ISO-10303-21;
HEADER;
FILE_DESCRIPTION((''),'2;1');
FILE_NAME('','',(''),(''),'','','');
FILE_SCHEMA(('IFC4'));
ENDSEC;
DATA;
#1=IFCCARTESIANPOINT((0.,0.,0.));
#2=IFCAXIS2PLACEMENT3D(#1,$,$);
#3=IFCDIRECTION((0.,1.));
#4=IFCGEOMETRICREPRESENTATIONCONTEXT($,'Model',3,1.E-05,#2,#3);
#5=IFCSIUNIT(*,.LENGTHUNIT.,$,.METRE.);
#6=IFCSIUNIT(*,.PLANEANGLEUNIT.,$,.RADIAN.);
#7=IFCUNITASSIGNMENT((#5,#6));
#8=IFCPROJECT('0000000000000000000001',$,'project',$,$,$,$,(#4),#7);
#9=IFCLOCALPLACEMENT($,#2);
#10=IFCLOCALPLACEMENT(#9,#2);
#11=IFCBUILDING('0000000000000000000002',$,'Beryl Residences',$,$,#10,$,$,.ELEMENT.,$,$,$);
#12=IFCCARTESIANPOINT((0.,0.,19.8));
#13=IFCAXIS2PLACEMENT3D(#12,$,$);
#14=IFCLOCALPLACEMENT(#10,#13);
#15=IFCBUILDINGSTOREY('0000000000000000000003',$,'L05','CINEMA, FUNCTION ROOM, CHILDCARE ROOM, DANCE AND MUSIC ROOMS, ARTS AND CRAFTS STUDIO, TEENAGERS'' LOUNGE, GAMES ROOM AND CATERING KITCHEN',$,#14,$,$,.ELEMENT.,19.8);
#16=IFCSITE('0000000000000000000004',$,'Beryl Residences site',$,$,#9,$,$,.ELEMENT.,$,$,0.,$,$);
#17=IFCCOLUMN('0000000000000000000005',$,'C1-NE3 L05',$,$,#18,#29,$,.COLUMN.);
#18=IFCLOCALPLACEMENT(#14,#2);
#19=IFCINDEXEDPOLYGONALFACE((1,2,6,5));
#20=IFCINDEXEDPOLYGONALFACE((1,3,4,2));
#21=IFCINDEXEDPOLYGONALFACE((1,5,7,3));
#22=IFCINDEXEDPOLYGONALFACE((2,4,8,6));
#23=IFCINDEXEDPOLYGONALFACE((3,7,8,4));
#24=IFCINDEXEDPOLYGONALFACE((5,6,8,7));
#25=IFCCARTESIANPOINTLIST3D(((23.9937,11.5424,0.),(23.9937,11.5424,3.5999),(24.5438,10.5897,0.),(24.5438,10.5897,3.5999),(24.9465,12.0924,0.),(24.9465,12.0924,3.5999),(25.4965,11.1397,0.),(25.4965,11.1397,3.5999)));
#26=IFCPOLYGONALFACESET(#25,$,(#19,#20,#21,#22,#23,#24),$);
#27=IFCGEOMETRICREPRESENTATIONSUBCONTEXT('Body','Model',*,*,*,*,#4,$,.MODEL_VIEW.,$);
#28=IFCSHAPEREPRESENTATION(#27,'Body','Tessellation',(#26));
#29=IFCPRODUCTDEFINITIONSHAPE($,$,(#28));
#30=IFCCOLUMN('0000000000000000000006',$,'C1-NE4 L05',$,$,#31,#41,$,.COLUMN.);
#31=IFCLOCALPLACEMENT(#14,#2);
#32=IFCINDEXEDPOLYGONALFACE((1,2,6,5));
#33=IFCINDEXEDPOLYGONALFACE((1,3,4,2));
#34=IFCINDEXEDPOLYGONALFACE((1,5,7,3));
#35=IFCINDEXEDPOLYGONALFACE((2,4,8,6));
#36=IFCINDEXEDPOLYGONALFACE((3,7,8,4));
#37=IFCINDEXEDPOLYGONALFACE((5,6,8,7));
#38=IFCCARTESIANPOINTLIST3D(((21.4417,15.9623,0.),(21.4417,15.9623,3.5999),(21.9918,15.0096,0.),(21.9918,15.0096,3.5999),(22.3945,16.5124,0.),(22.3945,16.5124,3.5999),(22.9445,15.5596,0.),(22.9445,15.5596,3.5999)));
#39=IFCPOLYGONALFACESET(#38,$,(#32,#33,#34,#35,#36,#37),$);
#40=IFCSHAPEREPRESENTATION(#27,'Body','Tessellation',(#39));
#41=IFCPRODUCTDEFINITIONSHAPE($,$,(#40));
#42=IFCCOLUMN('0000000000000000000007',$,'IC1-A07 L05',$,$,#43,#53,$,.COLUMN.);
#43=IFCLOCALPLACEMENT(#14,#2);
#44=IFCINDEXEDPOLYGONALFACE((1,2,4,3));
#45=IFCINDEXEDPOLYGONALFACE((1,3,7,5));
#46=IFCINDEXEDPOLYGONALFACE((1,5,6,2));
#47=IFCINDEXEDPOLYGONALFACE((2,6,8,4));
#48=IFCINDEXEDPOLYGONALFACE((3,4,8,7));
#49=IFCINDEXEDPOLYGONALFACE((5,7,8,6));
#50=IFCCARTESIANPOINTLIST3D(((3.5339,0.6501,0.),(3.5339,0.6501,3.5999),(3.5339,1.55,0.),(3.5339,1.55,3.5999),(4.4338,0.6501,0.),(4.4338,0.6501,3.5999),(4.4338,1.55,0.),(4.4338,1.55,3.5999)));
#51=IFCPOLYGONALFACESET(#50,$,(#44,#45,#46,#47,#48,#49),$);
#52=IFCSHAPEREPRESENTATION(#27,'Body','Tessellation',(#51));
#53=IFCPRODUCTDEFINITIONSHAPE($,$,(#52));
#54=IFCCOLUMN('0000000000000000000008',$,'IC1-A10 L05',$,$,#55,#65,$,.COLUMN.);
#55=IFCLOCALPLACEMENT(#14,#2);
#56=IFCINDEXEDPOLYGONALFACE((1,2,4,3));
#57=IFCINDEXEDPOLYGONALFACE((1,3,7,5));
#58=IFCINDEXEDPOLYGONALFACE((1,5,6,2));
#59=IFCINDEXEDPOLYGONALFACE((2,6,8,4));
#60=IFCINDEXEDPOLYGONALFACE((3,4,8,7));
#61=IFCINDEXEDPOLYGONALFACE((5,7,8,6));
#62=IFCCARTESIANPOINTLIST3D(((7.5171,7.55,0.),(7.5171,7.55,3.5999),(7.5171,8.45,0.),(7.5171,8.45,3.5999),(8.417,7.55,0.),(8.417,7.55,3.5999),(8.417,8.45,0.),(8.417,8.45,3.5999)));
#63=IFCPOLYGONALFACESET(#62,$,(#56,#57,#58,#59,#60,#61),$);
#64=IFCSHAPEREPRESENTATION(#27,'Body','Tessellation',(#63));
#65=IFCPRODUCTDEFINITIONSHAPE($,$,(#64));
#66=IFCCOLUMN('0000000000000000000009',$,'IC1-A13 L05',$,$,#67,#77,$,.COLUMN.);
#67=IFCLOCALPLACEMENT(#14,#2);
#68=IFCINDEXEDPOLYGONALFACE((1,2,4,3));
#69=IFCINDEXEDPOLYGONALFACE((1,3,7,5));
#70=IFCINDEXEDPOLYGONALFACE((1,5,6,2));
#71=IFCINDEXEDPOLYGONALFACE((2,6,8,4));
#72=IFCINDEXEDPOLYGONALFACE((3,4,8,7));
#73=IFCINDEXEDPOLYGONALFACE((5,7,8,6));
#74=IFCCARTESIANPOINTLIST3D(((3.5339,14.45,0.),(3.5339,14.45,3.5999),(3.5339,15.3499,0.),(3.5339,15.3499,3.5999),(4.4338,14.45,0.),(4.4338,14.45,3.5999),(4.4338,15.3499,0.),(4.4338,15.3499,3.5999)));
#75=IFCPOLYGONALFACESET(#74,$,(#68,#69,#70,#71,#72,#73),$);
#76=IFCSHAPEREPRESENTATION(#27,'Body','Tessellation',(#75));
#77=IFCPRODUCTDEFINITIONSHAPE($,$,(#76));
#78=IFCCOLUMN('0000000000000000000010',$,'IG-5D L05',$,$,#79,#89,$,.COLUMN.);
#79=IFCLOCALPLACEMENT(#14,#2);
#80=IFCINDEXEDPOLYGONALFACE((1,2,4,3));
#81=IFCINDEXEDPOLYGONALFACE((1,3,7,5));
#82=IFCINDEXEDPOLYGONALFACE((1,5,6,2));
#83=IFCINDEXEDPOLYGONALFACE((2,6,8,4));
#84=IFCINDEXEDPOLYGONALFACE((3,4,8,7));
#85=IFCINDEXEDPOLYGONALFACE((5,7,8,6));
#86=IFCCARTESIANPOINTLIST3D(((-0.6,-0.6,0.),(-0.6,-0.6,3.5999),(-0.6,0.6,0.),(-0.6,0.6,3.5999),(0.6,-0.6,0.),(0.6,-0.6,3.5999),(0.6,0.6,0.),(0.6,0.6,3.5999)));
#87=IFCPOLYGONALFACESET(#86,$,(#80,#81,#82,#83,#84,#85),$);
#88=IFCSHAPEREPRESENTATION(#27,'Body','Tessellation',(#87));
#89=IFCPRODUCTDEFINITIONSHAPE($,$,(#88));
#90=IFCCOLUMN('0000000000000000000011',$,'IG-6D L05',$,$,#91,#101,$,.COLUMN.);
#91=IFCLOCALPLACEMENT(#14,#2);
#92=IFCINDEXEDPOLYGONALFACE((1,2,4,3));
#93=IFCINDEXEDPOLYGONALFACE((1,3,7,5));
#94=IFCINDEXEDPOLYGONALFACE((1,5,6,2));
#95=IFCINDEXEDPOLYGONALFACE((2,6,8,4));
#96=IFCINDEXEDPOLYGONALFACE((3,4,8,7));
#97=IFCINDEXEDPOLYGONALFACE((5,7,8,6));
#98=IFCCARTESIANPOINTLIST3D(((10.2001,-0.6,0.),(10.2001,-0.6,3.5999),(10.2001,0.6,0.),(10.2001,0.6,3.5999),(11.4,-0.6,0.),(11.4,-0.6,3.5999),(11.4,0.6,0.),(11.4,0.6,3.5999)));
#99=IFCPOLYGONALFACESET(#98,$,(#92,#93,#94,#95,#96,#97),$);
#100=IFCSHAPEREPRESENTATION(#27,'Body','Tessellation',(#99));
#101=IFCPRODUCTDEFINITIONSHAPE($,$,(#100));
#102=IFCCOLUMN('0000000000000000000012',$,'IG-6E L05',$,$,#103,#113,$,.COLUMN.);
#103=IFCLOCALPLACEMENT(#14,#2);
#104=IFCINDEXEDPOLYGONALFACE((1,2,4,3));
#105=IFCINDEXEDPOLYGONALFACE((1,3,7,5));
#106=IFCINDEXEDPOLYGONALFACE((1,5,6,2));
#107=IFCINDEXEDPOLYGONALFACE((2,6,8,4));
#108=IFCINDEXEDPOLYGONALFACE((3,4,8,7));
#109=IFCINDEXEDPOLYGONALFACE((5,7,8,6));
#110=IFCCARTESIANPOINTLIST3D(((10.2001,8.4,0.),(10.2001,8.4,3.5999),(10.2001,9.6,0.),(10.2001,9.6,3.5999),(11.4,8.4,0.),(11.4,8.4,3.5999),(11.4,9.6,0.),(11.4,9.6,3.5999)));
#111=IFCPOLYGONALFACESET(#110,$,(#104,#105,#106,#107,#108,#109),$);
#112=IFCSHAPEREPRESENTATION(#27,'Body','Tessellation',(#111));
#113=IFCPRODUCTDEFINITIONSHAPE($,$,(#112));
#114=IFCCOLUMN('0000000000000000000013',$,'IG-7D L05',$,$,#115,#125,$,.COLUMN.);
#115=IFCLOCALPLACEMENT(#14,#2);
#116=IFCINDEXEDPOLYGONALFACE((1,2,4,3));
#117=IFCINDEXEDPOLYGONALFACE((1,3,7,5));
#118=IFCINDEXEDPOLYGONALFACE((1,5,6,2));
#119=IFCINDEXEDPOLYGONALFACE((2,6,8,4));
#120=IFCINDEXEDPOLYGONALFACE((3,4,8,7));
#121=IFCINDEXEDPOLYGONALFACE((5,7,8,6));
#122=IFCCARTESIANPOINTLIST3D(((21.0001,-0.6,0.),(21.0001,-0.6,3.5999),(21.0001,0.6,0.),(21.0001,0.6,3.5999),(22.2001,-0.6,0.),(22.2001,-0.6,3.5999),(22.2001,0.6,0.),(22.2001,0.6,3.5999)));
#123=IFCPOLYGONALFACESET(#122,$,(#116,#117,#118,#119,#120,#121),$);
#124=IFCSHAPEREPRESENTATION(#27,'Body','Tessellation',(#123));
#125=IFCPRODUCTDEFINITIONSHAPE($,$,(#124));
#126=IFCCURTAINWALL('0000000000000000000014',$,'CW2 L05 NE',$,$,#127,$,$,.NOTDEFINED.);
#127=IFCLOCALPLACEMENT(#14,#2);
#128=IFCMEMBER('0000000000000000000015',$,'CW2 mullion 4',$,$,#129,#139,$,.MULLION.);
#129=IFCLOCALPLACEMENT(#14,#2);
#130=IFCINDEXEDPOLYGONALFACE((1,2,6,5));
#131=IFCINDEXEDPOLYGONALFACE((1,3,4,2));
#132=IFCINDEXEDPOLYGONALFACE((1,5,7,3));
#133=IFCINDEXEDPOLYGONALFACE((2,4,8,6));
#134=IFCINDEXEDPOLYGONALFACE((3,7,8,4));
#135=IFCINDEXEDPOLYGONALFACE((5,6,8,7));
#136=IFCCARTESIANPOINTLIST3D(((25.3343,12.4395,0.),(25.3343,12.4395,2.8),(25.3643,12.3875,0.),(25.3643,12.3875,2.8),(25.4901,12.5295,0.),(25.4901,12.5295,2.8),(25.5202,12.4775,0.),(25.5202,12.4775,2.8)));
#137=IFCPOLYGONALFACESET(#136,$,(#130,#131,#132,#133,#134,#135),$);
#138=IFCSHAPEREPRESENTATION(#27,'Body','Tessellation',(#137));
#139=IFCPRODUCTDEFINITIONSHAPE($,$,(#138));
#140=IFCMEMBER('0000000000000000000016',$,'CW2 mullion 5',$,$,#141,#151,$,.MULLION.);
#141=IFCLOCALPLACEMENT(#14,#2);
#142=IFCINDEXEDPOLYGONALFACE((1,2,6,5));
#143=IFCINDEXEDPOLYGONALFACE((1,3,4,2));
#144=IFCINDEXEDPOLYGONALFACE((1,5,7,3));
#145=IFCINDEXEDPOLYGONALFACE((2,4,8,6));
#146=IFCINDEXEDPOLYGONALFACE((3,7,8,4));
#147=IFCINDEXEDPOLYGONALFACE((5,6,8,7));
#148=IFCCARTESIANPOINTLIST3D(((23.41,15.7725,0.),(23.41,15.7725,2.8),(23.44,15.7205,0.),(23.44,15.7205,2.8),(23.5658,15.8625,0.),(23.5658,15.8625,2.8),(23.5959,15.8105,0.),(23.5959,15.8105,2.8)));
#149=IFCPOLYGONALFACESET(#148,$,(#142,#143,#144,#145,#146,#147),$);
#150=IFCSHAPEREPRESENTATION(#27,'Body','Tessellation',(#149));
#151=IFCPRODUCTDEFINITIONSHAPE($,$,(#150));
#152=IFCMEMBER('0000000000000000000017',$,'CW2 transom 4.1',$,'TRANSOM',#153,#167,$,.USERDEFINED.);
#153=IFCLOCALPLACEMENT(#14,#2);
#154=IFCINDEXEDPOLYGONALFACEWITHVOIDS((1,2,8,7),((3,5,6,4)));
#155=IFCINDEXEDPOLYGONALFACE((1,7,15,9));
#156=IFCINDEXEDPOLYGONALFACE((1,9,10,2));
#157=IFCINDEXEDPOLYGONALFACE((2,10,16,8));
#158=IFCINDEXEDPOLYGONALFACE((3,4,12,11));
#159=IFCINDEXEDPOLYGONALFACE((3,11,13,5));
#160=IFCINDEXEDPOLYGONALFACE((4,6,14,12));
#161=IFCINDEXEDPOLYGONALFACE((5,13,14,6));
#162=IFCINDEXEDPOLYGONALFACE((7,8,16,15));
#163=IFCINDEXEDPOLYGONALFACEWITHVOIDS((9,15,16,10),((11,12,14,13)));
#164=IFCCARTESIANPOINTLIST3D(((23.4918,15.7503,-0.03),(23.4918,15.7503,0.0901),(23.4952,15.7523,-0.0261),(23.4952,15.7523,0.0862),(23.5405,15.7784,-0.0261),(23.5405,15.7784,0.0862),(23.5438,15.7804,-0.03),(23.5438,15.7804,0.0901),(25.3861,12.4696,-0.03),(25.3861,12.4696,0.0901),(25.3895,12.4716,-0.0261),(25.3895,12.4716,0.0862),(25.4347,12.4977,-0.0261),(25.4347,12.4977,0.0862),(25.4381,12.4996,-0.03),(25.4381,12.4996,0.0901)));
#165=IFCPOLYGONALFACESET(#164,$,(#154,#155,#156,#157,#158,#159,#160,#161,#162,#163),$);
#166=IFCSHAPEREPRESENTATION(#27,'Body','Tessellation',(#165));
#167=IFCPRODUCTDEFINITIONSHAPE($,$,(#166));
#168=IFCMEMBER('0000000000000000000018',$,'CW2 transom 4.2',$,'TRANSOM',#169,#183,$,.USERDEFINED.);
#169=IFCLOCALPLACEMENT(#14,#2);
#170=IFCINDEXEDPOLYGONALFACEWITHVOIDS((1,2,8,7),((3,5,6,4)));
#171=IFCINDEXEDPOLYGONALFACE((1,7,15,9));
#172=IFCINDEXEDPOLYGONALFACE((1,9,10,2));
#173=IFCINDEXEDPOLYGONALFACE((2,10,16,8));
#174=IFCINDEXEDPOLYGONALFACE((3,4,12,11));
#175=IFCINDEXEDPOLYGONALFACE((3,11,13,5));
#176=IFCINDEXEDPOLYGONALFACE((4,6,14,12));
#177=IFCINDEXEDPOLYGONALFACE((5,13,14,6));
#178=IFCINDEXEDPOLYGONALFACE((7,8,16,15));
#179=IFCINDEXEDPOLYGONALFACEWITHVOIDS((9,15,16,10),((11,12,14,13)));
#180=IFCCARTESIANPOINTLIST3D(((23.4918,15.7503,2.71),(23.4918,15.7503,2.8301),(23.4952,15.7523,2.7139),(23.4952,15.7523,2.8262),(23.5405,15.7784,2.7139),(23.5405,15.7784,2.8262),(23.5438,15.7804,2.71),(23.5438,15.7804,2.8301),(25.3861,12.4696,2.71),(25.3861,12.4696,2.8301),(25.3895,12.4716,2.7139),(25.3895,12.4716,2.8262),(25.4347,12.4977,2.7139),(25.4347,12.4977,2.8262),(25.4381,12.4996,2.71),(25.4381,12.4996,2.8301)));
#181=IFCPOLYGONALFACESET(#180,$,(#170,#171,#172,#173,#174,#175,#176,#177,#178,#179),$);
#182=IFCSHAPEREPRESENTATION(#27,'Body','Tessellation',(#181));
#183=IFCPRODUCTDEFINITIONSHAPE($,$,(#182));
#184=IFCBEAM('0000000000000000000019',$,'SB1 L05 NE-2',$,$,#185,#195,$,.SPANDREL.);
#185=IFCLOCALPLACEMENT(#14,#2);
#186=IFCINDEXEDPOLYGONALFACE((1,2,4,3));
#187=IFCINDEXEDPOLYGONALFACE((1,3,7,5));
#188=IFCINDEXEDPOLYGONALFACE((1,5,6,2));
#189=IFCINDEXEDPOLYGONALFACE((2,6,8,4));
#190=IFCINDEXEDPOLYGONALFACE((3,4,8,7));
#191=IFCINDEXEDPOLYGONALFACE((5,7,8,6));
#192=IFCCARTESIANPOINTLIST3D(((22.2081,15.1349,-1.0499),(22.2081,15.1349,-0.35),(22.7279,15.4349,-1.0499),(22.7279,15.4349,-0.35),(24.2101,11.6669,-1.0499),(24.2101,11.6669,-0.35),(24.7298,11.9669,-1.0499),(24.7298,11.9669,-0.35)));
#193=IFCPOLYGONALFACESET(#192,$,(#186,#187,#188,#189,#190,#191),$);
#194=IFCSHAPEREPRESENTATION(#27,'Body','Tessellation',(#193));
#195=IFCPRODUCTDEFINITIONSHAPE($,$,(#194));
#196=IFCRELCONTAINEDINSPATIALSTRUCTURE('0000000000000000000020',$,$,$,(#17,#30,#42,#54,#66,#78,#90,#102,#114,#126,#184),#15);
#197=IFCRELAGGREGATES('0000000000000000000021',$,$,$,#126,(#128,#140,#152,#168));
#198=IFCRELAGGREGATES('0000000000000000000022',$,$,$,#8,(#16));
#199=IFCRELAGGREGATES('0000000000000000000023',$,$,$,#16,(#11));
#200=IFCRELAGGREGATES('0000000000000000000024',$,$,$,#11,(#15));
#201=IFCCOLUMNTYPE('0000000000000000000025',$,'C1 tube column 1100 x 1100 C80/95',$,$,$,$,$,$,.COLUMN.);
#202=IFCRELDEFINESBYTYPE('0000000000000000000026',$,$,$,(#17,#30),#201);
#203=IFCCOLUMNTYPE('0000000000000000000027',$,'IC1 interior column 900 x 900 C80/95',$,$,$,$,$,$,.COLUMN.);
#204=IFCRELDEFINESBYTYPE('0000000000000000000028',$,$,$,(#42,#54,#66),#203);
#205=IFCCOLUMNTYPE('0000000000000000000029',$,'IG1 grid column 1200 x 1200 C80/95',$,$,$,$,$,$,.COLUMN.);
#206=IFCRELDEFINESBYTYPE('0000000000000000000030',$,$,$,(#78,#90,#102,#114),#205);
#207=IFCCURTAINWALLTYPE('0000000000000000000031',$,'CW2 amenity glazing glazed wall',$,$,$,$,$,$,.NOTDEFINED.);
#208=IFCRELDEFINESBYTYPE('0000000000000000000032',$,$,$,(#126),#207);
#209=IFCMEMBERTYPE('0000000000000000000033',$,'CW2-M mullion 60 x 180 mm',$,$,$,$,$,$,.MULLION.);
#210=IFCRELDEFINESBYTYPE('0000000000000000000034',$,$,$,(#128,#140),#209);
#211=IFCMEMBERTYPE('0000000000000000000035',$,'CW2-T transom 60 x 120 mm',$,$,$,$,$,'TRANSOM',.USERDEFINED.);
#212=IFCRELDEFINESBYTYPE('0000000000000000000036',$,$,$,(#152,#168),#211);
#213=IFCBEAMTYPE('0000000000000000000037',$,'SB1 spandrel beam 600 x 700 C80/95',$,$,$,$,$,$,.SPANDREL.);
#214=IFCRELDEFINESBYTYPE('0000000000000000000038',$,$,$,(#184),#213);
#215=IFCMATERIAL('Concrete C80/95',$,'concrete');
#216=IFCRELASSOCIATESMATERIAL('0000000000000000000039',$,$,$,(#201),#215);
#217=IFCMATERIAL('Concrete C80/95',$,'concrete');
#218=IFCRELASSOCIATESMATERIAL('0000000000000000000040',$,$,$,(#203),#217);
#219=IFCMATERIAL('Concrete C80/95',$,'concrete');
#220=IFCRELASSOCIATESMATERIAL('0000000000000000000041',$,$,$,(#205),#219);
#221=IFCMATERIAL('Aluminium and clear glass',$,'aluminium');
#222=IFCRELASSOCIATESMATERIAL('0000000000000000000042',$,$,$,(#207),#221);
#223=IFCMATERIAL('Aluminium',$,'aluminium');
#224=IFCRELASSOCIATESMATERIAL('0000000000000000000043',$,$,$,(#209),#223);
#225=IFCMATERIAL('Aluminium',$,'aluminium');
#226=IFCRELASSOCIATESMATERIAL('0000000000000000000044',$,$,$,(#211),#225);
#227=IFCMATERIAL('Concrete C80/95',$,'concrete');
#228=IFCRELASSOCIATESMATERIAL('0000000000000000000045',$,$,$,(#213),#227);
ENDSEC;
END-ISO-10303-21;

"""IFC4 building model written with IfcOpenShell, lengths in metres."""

from ifc_helpers import new_model, si_unit, direction, frame, origin, origin_2d, place, context, subcontext, project, spatial, rectangle, hollow_rectangle, extrude, material, material_profile, profile_set, type_object, element, aggregate, save


model = new_model("IFC4")

# Units and contexts
model_context = context("Model", 3, precision=1e-05, world=origin(), true_north=direction((0.0, 1.0)))
body_context = subcontext(model_context, "Body", "Model", "MODEL_VIEW")
ifc_project = project(units=[si_unit("LENGTHUNIT", "METRE"), si_unit("PLANEANGLEUNIT", "RADIAN")], contexts=[model_context])

# Site, building, storey
site_placement = place(None, origin())
site = spatial("IfcSite", under=ifc_project, at=site_placement, Name="Beryl Residences site", CompositionType="ELEMENT", RefElevation=0.0)
building_placement = place(site_placement, origin())
building = spatial("IfcBuilding", under=site, at=building_placement, Name="Beryl Residences", CompositionType="ELEMENT")
storey_placement = place(building_placement, frame((0.0, 0.0, 19.8)))
storey = spatial("IfcBuildingStorey", under=building, at=storey_placement, Name="L05", Description="CINEMA, FUNCTION ROOM, CHILDCARE ROOM, DANCE AND MUSIC ROOMS, ARTS AND CRAFTS STUDIO, TEENAGERS' LOUNGE, GAMES ROOM AND CATERING KITCHEN", CompositionType="ELEMENT", Elevation=19.8)

# Columns
ifc_material_1 = material(Name="Concrete C80/95", Category="concrete")
ifc_material_profile_1 = material_profile(ifc_material_1, rectangle(XDim=1.1001, YDim=1.1001, at=origin_2d()))
ifc_profile_set_1 = profile_set([ifc_material_profile_1], Name="Concrete C80/95")
column_type_1 = type_object("IfcColumnType", Name="C1 tube column 1100 x 1100 C80/95", PredefinedType="COLUMN", material=ifc_profile_set_1)
for number, where, z_axis, x_axis, name in (
    (1, (24.7451, 11.3411, 0.0), (0.0, 0.0, 1.0), (-0.499985, 0.866034, 0.0), "C1-NE3 L05"),
    (2, (22.1931, 15.761, 0.0), (0.0, 0.0, 1.0), (-0.499985, 0.866034, 0.0), "C1-NE4 L05"),
):
    element("IfcColumn", number, at=place(storey_placement, frame(where, z_axis=z_axis, x_axis=x_axis)), inside=storey, type_object=column_type_1, Name=name, PredefinedType="COLUMN", context=body_context, shape_type="SweptSolid", body=[
        extrude(rectangle(XDim=1.1001, YDim=1.1001, at=origin_2d()), origin(), (0.0, 0.0, 1.0), 3.5999),
    ])
ifc_material_2 = material(Name="Concrete C80/95", Category="concrete")
ifc_material_profile_2 = material_profile(ifc_material_2, rectangle(XDim=0.8999, YDim=0.8999, at=origin_2d()))
ifc_profile_set_2 = profile_set([ifc_material_profile_2], Name="Concrete C80/95")
column_type_2 = type_object("IfcColumnType", Name="IC1 interior column 900 x 900 C80/95", PredefinedType="COLUMN", material=ifc_profile_set_2)
for number, where, z_axis, x_axis, name in (
    (3, (3.9839, 1.1001, 0.0), (0.0, 0.0, 1.0), (1.0, 0.0, 0.0), "IC1-A07 L05"),
    (4, (7.967, 8.0, 0.0), (0.0, 0.0, 1.0), (1.0, 0.0, 0.0), "IC1-A10 L05"),
    (5, (3.9839, 14.8999, 0.0), (0.0, 0.0, 1.0), (1.0, 0.0, 0.0), "IC1-A13 L05"),
):
    element("IfcColumn", number, at=place(storey_placement, frame(where, z_axis=z_axis, x_axis=x_axis)), inside=storey, type_object=column_type_2, Name=name, PredefinedType="COLUMN", context=body_context, shape_type="SweptSolid", body=[
        extrude(rectangle(XDim=0.8999, YDim=0.8999, at=origin_2d()), origin(), (0.0, 0.0, 1.0), 3.5999),
    ])
ifc_material_3 = material(Name="Concrete C80/95", Category="concrete")
ifc_material_profile_3 = material_profile(ifc_material_3, rectangle(XDim=1.2, YDim=1.2, at=origin_2d()))
ifc_profile_set_3 = profile_set([ifc_material_profile_3], Name="Concrete C80/95")
column_type_3 = type_object("IfcColumnType", Name="IG1 grid column 1200 x 1200 C80/95", PredefinedType="COLUMN", material=ifc_profile_set_3)
for number, where, z_axis, x_axis, name in (
    (6, (0.0, 0.0, 0.0), (0.0, 0.0, 1.0), (1.0, 0.0, 0.0), "IG-5D L05"),
    (7, (10.8, 0.0, 0.0), (0.0, 0.0, 1.0), (1.0, 0.0, 0.0), "IG-6D L05"),
    (8, (10.8, 9.0, 0.0), (0.0, 0.0, 1.0), (1.0, 0.0, 0.0), "IG-6E L05"),
    (9, (21.6001, 0.0, 0.0), (0.0, 0.0, 1.0), (1.0, 0.0, 0.0), "IG-7D L05"),
):
    element("IfcColumn", number, at=place(storey_placement, frame(where, z_axis=z_axis, x_axis=x_axis)), inside=storey, type_object=column_type_3, Name=name, PredefinedType="COLUMN", context=body_context, shape_type="SweptSolid", body=[
        extrude(rectangle(XDim=1.2, YDim=1.2, at=origin_2d()), origin(), (0.0, 0.0, 1.0), 3.5999),
    ])

# Curtain wall, members
ifc_material_4 = material(Name="Aluminium and clear glass", Category="aluminium")
curtain_wall_type = type_object("IfcCurtainWallType", Name="CW2 amenity glazing glazed wall", PredefinedType="NOTDEFINED", material=ifc_material_4)
curtain_wall_placement = place(storey_placement, origin())
curtain_wall = element("IfcCurtainWall", 10, at=curtain_wall_placement, inside=storey, type_object=curtain_wall_type, Name="CW2 L05 NE", PredefinedType="NOTDEFINED")
ifc_material_5 = material(Name="Aluminium", Category="aluminium")
ifc_material_profile_4 = material_profile(ifc_material_5, rectangle(XDim=0.0601, YDim=0.1799, at=origin_2d()))
ifc_profile_set_4 = profile_set([ifc_material_profile_4], Name="Aluminium")
member_type_1 = type_object("IfcMemberType", Name="CW2-M mullion 60 x 180 mm", PredefinedType="MULLION", material=ifc_profile_set_4)
member_1_placement = place(storey_placement, frame((25.4272, 12.4585, 0.0), z_axis=(0.0, 0.0, 1.0), x_axis=(-0.500012, 0.866019, 0.0)))
member_1 = element("IfcMember", 11, at=member_1_placement, type_object=member_type_1, Name="CW2 mullion 4", PredefinedType="MULLION", context=body_context, shape_type="SweptSolid", body=[
    extrude(rectangle(XDim=0.0601, YDim=0.1799, at=origin_2d()), origin(), (0.0, 0.0, 1.0), 2.8),
])
member_2_placement = place(storey_placement, frame((23.5029, 15.7915, 0.0), z_axis=(0.0, 0.0, 1.0), x_axis=(-0.500012, 0.866019, 0.0)))
member_2 = element("IfcMember", 12, at=member_2_placement, type_object=member_type_1, Name="CW2 mullion 5", PredefinedType="MULLION", context=body_context, shape_type="SweptSolid", body=[
    extrude(rectangle(XDim=0.0601, YDim=0.1799, at=origin_2d()), origin(), (0.0, 0.0, 1.0), 2.8),
])
ifc_material_6 = material(Name="Aluminium", Category="aluminium")
ifc_material_profile_5 = material_profile(ifc_material_6, hollow_rectangle(XDim=0.0601, YDim=0.1201, WallThickness=0.0039, at=origin_2d()))
ifc_profile_set_5 = profile_set([ifc_material_profile_5], Name="Aluminium")
member_type_2 = type_object("IfcMemberType", Name="CW2-T transom 60 x 120 mm", ElementType="TRANSOM", PredefinedType="USERDEFINED", material=ifc_profile_set_5)
member_3_placement = place(storey_placement, frame((25.4121, 12.4846, 0.03), z_axis=(-0.500027, 0.86601, 0.0), x_axis=(-0.86601, -0.500027, 0.0)))
member_3 = element("IfcMember", 13, at=member_3_placement, type_object=member_type_2, Name="CW2 transom 4.1", ObjectType="TRANSOM", PredefinedType="USERDEFINED", context=body_context, shape_type="SweptSolid", body=[
    extrude(hollow_rectangle(XDim=0.0601, YDim=0.1201, WallThickness=0.0039, at=origin_2d()), origin(), (0.0, 0.0, 1.0), 3.7883),
])
member_4_placement = place(storey_placement, frame((25.4121, 12.4846, 2.77), z_axis=(-0.500027, 0.86601, 0.0), x_axis=(-0.86601, -0.500027, 0.0)))
member_4 = element("IfcMember", 14, at=member_4_placement, type_object=member_type_2, Name="CW2 transom 4.2", ObjectType="TRANSOM", PredefinedType="USERDEFINED", context=body_context, shape_type="SweptSolid", body=[
    extrude(hollow_rectangle(XDim=0.0601, YDim=0.1201, WallThickness=0.0039, at=origin_2d()), origin(), (0.0, 0.0, 1.0), 3.7883),
])

# Beam
ifc_material_7 = material(Name="Concrete C80/95", Category="concrete")
ifc_material_profile_6 = material_profile(ifc_material_7, rectangle(XDim=0.6001, YDim=0.7, at=origin_2d()))
ifc_profile_set_6 = profile_set([ifc_material_profile_6], Name="Concrete C80/95")
beam_type = type_object("IfcBeamType", Name="SB1 spandrel beam 600 x 700 C80/95", PredefinedType="SPANDREL", material=ifc_profile_set_6)
beam_placement = place(storey_placement, frame((24.47, 11.8169, -0.7), z_axis=(-0.499942, 0.866059, 0.0), x_axis=(-0.866059, -0.499942, 0.0)))
element("IfcBeam", 15, at=beam_placement, inside=storey, type_object=beam_type, Name="SB1 L05 NE-2", PredefinedType="SPANDREL", context=body_context, shape_type="SweptSolid", body=[
    extrude(rectangle(XDim=0.6001, YDim=0.7, at=origin_2d()), origin(), (0.0, 0.0, 1.0), 4.0044),
])

aggregate(curtain_wall, [member_1, member_2, member_3, member_4])

save(model, "model.ifc")
